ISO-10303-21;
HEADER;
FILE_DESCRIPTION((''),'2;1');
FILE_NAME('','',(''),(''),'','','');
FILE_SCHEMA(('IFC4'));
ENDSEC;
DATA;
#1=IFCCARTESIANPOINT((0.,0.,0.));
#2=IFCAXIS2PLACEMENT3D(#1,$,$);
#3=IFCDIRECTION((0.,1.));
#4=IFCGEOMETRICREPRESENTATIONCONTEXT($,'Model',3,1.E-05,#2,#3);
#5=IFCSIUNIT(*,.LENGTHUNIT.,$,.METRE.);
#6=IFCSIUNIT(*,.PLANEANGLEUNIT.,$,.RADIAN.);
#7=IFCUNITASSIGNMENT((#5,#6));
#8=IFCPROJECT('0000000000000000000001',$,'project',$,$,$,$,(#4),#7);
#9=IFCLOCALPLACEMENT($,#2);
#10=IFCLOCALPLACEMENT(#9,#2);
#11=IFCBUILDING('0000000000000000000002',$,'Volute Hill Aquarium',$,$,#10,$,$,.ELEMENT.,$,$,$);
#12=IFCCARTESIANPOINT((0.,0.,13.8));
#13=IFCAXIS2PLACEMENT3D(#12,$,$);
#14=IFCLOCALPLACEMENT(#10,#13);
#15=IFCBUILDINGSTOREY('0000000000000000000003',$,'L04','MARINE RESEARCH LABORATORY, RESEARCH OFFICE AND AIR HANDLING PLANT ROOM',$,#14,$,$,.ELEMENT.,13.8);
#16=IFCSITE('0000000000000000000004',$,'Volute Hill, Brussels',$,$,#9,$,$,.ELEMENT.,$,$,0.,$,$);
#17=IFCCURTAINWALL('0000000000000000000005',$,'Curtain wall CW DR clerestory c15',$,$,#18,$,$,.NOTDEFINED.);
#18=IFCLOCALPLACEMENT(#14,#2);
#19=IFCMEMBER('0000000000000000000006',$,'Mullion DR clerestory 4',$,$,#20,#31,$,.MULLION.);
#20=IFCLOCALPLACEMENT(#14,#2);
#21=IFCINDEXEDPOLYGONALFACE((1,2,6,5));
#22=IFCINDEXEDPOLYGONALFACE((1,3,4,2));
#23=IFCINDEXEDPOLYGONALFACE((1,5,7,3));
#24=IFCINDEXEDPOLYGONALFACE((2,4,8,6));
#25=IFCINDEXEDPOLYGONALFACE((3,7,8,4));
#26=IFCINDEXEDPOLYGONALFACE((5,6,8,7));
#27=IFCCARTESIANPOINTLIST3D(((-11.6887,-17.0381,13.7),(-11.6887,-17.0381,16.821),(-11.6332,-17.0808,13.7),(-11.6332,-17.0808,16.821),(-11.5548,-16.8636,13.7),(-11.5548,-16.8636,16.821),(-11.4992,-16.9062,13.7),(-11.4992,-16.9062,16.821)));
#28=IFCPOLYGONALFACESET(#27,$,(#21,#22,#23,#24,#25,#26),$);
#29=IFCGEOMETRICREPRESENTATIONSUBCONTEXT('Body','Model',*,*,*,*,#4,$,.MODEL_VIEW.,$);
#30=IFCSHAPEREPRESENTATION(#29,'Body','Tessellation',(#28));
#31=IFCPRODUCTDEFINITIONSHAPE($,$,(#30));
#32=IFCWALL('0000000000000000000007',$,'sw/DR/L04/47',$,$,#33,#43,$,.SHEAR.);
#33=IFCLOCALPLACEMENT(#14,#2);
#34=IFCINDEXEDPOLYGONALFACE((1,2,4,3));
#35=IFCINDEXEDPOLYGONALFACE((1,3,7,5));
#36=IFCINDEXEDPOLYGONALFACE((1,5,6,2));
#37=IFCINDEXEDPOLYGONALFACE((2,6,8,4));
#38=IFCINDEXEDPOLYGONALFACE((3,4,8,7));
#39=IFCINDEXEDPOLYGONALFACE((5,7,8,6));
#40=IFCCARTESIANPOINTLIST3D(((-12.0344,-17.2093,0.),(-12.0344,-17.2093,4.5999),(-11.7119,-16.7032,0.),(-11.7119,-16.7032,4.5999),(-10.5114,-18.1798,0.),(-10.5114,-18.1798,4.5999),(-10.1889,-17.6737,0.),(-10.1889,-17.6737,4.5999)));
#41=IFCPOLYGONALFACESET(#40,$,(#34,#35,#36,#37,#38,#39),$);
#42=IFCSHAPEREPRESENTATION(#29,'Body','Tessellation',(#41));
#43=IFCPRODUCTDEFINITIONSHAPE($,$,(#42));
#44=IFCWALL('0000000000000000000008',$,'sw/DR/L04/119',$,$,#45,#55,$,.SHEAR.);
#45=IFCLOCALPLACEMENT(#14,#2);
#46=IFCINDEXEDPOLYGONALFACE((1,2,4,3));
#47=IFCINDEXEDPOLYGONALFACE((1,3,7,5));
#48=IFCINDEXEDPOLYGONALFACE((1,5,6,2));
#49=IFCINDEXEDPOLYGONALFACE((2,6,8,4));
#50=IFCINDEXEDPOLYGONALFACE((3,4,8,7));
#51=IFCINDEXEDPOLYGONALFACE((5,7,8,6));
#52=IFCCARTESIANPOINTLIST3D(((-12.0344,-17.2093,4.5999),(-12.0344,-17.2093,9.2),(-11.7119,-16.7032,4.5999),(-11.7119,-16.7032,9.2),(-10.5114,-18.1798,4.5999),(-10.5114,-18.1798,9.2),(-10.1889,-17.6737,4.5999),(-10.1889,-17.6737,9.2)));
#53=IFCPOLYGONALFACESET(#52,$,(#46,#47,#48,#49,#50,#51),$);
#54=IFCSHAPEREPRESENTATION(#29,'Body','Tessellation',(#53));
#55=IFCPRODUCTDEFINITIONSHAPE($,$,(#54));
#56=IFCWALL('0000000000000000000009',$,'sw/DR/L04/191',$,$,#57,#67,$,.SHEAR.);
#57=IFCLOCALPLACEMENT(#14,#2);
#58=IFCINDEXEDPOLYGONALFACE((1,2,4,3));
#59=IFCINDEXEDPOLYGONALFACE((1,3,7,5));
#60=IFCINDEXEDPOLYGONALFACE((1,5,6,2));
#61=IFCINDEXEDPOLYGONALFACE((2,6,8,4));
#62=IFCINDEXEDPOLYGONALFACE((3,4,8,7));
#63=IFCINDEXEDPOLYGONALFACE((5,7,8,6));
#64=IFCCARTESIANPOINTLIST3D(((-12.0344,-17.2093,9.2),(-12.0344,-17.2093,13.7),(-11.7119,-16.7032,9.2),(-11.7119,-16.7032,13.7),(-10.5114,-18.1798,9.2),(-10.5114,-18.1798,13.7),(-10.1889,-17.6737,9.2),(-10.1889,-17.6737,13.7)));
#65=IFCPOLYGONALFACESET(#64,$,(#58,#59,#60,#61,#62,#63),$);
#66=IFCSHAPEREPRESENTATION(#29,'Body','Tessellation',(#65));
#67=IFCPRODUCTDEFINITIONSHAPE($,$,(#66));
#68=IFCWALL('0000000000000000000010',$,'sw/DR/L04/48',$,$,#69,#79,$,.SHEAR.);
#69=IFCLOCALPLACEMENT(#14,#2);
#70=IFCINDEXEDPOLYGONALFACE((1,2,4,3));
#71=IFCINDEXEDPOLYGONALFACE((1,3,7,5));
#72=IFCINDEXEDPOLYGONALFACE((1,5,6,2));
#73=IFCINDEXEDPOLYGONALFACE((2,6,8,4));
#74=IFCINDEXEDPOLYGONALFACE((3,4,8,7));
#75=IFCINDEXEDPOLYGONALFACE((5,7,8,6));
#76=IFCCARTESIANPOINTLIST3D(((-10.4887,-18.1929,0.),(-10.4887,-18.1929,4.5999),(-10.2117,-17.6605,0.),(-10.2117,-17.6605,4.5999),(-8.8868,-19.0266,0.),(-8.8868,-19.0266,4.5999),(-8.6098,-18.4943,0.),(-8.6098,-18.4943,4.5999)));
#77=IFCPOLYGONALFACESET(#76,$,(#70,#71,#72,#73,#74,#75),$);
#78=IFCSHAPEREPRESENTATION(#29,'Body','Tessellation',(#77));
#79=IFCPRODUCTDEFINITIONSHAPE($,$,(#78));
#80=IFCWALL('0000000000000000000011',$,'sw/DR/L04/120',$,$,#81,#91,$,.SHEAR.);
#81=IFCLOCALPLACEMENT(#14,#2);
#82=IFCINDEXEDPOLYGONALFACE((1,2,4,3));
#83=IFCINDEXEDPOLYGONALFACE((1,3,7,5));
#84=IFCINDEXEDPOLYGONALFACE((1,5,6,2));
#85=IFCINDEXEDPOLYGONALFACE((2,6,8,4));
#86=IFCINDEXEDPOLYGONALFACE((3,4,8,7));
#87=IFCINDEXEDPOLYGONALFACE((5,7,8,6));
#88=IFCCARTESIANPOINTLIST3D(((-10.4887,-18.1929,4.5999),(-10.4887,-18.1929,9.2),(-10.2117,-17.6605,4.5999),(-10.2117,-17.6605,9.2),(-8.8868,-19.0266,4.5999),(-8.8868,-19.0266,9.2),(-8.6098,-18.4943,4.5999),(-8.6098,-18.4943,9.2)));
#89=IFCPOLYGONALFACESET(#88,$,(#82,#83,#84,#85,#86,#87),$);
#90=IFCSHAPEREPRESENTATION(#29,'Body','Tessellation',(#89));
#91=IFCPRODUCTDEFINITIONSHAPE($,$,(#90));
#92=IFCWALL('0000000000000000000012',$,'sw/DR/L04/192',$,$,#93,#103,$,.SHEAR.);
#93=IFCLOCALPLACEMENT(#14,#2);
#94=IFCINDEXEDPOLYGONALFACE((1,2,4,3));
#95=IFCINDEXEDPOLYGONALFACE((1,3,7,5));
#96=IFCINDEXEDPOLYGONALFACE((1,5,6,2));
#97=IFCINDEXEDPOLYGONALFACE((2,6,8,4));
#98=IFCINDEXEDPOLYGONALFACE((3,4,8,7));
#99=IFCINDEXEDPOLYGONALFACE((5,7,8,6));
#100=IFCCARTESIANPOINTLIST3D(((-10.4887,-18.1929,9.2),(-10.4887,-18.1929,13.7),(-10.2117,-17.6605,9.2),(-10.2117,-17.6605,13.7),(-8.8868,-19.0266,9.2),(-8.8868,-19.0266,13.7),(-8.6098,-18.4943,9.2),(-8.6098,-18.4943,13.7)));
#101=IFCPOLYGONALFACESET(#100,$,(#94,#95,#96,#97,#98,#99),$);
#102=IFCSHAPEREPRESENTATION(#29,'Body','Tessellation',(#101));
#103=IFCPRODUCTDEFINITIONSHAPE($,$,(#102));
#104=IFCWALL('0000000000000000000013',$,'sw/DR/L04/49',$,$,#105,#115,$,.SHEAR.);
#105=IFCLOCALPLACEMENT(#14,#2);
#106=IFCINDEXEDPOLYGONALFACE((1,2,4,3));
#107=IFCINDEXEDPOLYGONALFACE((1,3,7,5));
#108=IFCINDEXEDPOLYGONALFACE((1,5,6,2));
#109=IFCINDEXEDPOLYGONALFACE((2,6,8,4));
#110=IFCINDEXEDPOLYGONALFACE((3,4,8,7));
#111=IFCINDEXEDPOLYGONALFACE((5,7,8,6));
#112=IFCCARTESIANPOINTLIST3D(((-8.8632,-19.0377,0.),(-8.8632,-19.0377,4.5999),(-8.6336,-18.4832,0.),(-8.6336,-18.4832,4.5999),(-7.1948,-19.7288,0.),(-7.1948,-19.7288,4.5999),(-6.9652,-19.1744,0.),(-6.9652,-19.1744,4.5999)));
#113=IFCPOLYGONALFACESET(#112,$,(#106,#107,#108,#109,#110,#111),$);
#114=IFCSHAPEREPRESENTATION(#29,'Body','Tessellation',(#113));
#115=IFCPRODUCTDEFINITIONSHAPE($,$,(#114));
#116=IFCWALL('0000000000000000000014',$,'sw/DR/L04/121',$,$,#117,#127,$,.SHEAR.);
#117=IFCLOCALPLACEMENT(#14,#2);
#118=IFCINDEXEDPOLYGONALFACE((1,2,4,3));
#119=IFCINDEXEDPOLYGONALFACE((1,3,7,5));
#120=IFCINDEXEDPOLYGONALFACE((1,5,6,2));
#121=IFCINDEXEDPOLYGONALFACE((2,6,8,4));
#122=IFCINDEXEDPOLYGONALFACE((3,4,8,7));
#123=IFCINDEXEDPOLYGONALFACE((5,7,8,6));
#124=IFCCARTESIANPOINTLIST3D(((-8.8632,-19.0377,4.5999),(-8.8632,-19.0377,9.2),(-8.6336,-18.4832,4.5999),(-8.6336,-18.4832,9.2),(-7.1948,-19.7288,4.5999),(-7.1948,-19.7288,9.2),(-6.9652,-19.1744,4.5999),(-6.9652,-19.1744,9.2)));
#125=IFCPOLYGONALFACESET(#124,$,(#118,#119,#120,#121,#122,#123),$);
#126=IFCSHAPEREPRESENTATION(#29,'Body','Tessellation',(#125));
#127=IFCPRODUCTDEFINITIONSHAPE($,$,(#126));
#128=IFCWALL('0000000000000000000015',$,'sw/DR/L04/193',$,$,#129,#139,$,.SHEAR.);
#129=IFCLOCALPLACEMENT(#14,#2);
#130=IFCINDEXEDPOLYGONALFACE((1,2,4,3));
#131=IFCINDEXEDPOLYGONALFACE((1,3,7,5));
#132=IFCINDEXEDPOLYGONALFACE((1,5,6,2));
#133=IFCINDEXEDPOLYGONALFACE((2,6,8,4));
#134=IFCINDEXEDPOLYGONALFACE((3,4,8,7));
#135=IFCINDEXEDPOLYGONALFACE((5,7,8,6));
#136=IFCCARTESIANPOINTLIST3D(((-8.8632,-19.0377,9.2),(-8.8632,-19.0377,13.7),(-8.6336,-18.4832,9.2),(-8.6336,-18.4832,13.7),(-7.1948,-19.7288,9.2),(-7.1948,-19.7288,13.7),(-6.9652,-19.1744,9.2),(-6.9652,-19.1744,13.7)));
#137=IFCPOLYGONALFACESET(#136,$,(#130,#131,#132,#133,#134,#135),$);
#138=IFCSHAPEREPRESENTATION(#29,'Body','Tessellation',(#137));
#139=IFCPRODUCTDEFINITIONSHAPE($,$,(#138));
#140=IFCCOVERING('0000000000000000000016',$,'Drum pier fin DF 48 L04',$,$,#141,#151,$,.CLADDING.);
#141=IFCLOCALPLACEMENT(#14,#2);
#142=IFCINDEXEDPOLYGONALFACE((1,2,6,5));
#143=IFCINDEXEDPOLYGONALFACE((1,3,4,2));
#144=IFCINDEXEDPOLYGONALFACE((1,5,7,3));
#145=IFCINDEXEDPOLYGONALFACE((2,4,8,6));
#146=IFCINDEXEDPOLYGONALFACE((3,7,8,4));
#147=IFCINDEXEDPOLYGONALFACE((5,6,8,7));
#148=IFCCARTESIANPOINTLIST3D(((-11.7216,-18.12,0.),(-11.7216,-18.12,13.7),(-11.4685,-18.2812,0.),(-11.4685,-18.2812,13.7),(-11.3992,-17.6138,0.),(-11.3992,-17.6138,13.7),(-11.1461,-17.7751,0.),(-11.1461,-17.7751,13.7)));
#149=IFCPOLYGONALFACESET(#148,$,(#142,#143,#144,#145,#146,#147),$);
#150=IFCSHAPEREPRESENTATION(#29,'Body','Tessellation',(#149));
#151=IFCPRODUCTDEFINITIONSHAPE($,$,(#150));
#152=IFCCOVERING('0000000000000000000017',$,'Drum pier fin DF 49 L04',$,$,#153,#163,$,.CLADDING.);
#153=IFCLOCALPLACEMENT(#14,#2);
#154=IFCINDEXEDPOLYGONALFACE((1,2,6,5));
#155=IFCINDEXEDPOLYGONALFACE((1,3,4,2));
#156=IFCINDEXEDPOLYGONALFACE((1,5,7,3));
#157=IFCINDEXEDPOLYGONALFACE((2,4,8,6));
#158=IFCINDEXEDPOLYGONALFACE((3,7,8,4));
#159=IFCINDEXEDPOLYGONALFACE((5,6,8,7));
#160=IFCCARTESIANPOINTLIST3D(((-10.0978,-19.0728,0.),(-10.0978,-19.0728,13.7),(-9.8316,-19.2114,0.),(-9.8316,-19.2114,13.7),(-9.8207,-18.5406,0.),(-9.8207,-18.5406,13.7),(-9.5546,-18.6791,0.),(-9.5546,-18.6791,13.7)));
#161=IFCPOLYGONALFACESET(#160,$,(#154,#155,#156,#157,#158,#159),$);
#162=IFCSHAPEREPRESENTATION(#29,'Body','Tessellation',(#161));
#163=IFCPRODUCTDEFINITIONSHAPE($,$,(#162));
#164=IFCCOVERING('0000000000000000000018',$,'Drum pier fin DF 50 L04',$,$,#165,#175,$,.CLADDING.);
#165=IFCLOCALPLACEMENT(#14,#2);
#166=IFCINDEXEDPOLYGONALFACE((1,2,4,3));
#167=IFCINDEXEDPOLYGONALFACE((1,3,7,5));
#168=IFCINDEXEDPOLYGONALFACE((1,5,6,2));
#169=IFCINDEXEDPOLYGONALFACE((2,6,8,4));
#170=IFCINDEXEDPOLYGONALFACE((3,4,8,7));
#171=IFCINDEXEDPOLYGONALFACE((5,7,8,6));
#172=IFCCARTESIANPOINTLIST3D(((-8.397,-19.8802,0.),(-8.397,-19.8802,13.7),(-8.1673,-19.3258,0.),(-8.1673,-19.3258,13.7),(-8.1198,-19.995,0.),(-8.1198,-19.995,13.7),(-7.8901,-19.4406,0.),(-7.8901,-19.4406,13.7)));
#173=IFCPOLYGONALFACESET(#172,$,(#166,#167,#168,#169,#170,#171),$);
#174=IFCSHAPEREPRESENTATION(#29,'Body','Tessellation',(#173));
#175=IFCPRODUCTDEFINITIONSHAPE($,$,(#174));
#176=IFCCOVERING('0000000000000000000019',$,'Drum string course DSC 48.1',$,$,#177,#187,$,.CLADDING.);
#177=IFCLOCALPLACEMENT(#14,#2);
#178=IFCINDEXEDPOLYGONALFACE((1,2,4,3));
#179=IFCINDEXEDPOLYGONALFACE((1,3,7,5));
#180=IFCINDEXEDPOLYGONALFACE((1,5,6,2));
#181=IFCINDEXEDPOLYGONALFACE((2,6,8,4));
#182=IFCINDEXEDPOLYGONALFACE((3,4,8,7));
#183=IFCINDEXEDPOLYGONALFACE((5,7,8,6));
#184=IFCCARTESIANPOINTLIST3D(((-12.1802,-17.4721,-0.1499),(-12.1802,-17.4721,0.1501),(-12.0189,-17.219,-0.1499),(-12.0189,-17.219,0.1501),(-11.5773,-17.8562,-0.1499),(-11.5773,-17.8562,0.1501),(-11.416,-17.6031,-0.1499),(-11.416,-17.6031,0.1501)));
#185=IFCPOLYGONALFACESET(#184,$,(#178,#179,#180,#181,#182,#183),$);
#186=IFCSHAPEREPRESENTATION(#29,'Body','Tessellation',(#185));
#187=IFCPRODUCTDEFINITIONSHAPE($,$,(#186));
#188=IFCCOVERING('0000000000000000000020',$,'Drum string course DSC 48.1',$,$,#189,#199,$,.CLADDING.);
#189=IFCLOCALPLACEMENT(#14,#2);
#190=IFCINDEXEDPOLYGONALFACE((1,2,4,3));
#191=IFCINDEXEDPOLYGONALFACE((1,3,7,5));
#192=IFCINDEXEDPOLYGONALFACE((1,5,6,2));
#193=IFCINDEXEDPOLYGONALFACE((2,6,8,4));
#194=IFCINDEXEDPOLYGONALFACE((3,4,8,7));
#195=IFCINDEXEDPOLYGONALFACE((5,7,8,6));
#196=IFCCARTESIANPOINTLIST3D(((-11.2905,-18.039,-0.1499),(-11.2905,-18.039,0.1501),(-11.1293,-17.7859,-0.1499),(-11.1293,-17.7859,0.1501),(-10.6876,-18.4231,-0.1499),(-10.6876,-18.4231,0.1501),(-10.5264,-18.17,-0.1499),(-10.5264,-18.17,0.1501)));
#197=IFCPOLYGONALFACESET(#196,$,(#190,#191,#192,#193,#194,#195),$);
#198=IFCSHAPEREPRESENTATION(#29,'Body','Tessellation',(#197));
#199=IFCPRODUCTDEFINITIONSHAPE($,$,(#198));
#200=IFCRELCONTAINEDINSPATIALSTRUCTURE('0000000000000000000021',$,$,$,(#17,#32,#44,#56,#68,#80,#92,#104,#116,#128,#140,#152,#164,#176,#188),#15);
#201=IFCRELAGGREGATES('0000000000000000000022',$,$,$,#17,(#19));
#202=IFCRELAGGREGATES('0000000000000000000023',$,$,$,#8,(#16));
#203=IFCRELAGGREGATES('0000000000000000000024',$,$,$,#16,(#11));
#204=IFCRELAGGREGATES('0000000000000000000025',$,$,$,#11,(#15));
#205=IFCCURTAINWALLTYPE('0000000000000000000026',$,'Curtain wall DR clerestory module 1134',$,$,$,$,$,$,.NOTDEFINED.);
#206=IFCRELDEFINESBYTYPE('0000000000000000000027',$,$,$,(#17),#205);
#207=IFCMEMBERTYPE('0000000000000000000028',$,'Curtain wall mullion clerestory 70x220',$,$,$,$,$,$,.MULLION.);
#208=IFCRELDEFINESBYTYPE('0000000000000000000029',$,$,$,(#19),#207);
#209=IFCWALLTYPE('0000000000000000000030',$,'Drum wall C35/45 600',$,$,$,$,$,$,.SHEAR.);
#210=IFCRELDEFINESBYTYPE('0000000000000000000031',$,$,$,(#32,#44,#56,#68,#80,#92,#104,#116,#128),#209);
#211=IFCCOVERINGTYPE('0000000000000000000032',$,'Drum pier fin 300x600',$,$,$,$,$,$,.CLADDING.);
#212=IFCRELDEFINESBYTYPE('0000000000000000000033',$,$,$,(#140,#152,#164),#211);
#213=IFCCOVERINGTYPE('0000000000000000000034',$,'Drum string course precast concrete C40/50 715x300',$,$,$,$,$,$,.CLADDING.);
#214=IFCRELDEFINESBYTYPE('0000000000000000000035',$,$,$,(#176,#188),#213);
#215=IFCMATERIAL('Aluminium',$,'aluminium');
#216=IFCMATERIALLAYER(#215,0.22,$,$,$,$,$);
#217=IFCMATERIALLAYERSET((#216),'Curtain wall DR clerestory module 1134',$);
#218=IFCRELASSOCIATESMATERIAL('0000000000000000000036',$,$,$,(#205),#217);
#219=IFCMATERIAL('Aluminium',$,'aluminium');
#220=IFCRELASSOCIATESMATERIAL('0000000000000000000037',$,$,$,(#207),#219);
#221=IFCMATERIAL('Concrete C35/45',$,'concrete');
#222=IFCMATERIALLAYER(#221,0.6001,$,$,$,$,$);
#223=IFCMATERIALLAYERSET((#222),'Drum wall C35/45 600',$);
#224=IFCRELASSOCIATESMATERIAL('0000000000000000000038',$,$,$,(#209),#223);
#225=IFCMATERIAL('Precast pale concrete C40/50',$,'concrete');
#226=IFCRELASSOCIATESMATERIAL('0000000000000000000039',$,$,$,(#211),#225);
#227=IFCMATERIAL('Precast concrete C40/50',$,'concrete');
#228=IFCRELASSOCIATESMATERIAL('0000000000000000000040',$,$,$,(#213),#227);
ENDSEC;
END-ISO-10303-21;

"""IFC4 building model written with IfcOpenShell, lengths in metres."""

from ifc_helpers import new_model, si_unit, direction, frame, frame_2d, origin, origin_2d, place, context, subcontext, project, spatial, rectangle, extrude, material, layer, layer_set, material_profile, profile_set, type_object, element, aggregate, save


model = new_model("IFC4")

# Units and contexts
model_context = context("Model", 3, precision=1e-05, world=origin(), true_north=direction((0.0, 1.0)))
body_context = subcontext(model_context, "Body", "Model", "MODEL_VIEW")
ifc_project = project(units=[si_unit("LENGTHUNIT", "METRE"), si_unit("PLANEANGLEUNIT", "RADIAN")], contexts=[model_context])

# Site, building, storey
site_placement = place(None, origin())
site = spatial("IfcSite", under=ifc_project, at=site_placement, Name="Volute Hill, Brussels", CompositionType="ELEMENT", RefElevation=0.0)
building_placement = place(site_placement, origin())
building = spatial("IfcBuilding", under=site, at=building_placement, Name="Volute Hill Aquarium", CompositionType="ELEMENT")
storey_placement = place(building_placement, frame((0.0, 0.0, 13.8)))
storey = spatial("IfcBuildingStorey", under=building, at=storey_placement, Name="L04", Description="MARINE RESEARCH LABORATORY, RESEARCH OFFICE AND AIR HANDLING PLANT ROOM", CompositionType="ELEMENT", Elevation=13.8)

# Curtain wall, member
ifc_material_1 = material(Name="Aluminium", Category="aluminium")
ifc_layer_1 = layer(ifc_material_1, 0.22)
ifc_layer_set_1 = layer_set([ifc_layer_1], Name="Curtain wall DR clerestory module 1134")
curtain_wall_type = type_object("IfcCurtainWallType", Name="Curtain wall DR clerestory module 1134", PredefinedType="NOTDEFINED", material=ifc_layer_set_1)
curtain_wall_placement = place(storey_placement, origin())
curtain_wall = element("IfcCurtainWall", 1, at=curtain_wall_placement, inside=storey, type_object=curtain_wall_type, Name="Curtain wall CW DR clerestory c15", PredefinedType="NOTDEFINED")
ifc_material_2 = material(Name="Aluminium", Category="aluminium")
ifc_material_profile = material_profile(ifc_material_2, rectangle(XDim=0.22, YDim=0.0701, at=origin_2d()), Name="Curtain wall mullion clerestory 70x220")
ifc_profile_set = profile_set([ifc_material_profile], Name="Aluminium")
member_type = type_object("IfcMemberType", Name="Curtain wall mullion clerestory 70x220", PredefinedType="MULLION", material=ifc_profile_set)
member_placement = place(storey_placement, frame((-11.594, -16.9722, 13.7), z_axis=(0.0, 0.0, 1.0), x_axis=(0.608761, 0.793354, 0.0)))
member = element("IfcMember", 2, at=member_placement, type_object=member_type, Name="Mullion DR clerestory 4", PredefinedType="MULLION", context=body_context, shape_type="SweptSolid", body=[
    extrude(rectangle(XDim=0.22, YDim=0.0701, at=origin_2d()), origin(), (0.0, 0.0, 1.0), 3.1211),
])
aggregate(curtain_wall, [member])

# Walls
ifc_material_3 = material(Name="Concrete C35/45", Category="concrete")
ifc_layer_2 = layer(ifc_material_3, 0.6001)
ifc_layer_set_2 = layer_set([ifc_layer_2], Name="Drum wall C35/45 600")
wall_type = type_object("IfcWallType", Name="Drum wall C35/45 600", PredefinedType="SHEAR", material=ifc_layer_set_2)
wall_1_placement = place(storey_placement, frame((-11.873, -16.9563, 0.0), z_axis=(0.0, 0.0, 1.0), x_axis=(0.843333, -0.537392, 0.0)))
element("IfcWall", 3, at=wall_1_placement, inside=storey, type_object=wall_type, Name="sw/DR/L04/47", PredefinedType="SHEAR", context=body_context, shape_type="SweptSolid", body=[
    extrude(rectangle(XDim=1.8059, YDim=0.6001, at=frame_2d((0.9028, 0.0))), origin(), (0.0, 0.0, 1.0), 4.5999),
])
wall_2_placement = place(storey_placement, frame((-11.873, -16.9563, 4.5999), z_axis=(0.0, 0.0, 1.0), x_axis=(0.843333, -0.537392, 0.0)))
element("IfcWall", 4, at=wall_2_placement, inside=storey, type_object=wall_type, Name="sw/DR/L04/119", PredefinedType="SHEAR", context=body_context, shape_type="SweptSolid", body=[
    extrude(rectangle(XDim=1.8059, YDim=0.6001, at=frame_2d((0.9028, 0.0))), origin(), (0.0, 0.0, 1.0), 4.6001),
])
wall_3_placement = place(storey_placement, frame((-11.873, -16.9563, 9.2), z_axis=(0.0, 0.0, 1.0), x_axis=(0.843333, -0.537392, 0.0)))
element("IfcWall", 5, at=wall_3_placement, inside=storey, type_object=wall_type, Name="sw/DR/L04/191", PredefinedType="SHEAR", context=body_context, shape_type="SweptSolid", body=[
    extrude(rectangle(XDim=1.8059, YDim=0.6001, at=frame_2d((0.9028, 0.0))), origin(), (0.0, 0.0, 1.0), 4.5),
])
wall_4_placement = place(storey_placement, frame((-10.3501, -17.9268, 0.0), z_axis=(0.0, 0.0, 1.0), x_axis=(0.887035, -0.461702, 0.0)))
element("IfcWall", 6, at=wall_4_placement, inside=storey, type_object=wall_type, Name="sw/DR/L04/48", PredefinedType="SHEAR", context=body_context, shape_type="SweptSolid", body=[
    extrude(rectangle(XDim=1.8059, YDim=0.6001, at=frame_2d((0.9028, 0.0))), origin(), (0.0, 0.0, 1.0), 4.5999),
])
wall_5_placement = place(storey_placement, frame((-10.3501, -17.9268, 4.5999), z_axis=(0.0, 0.0, 1.0), x_axis=(0.887035, -0.461702, 0.0)))
element("IfcWall", 7, at=wall_5_placement, inside=storey, type_object=wall_type, Name="sw/DR/L04/120", PredefinedType="SHEAR", context=body_context, shape_type="SweptSolid", body=[
    extrude(rectangle(XDim=1.8059, YDim=0.6001, at=frame_2d((0.9028, 0.0))), origin(), (0.0, 0.0, 1.0), 4.6001),
])
wall_6_placement = place(storey_placement, frame((-10.3501, -17.9268, 9.2), z_axis=(0.0, 0.0, 1.0), x_axis=(0.887035, -0.461702, 0.0)))
element("IfcWall", 8, at=wall_6_placement, inside=storey, type_object=wall_type, Name="sw/DR/L04/192", PredefinedType="SHEAR", context=body_context, shape_type="SweptSolid", body=[
    extrude(rectangle(XDim=1.8059, YDim=0.6001, at=frame_2d((0.9028, 0.0))), origin(), (0.0, 0.0, 1.0), 4.5),
])
wall_7_placement = place(storey_placement, frame((-8.7483, -18.7605, 0.0), z_axis=(0.0, 0.0, 1.0), x_axis=(0.923867, -0.382714, 0.0)))
element("IfcWall", 9, at=wall_7_placement, inside=storey, type_object=wall_type, Name="sw/DR/L04/49", PredefinedType="SHEAR", context=body_context, shape_type="SweptSolid", body=[
    extrude(rectangle(XDim=1.8059, YDim=0.6001, at=frame_2d((0.9028, 0.0))), origin(), (0.0, 0.0, 1.0), 4.5999),
])
wall_8_placement = place(storey_placement, frame((-8.7483, -18.7605, 4.5999), z_axis=(0.0, 0.0, 1.0), x_axis=(0.923867, -0.382714, 0.0)))
element("IfcWall", 10, at=wall_8_placement, inside=storey, type_object=wall_type, Name="sw/DR/L04/121", PredefinedType="SHEAR", context=body_context, shape_type="SweptSolid", body=[
    extrude(rectangle(XDim=1.8059, YDim=0.6001, at=frame_2d((0.9028, 0.0))), origin(), (0.0, 0.0, 1.0), 4.6001),
])
wall_9_placement = place(storey_placement, frame((-8.7483, -18.7605, 9.2), z_axis=(0.0, 0.0, 1.0), x_axis=(0.923867, -0.382714, 0.0)))
element("IfcWall", 11, at=wall_9_placement, inside=storey, type_object=wall_type, Name="sw/DR/L04/193", PredefinedType="SHEAR", context=body_context, shape_type="SweptSolid", body=[
    extrude(rectangle(XDim=1.8059, YDim=0.6001, at=frame_2d((0.9028, 0.0))), origin(), (0.0, 0.0, 1.0), 4.5),
])

# Coverings
ifc_material_4 = material(Name="Precast pale concrete C40/50", Category="concrete")
covering_type_1 = type_object("IfcCoveringType", Name="Drum pier fin 300x600", PredefinedType="CLADDING", material=ifc_material_4)
for number, where, z_axis, x_axis, name in (
    (12, (-11.4338, -17.9475, 0.0), (0.0, 0.0, 1.0), (0.843391, -0.5373, 0.0), "Drum pier fin DF 48 L04"),
    (13, (-9.8262, -18.876, 0.0), (0.0, 0.0, 1.0), (0.887011, -0.461749, 0.0), "Drum pier fin DF 49 L04"),
    (14, (-8.1436, -19.6604, 0.0), (0.0, 0.0, 1.0), (0.92388, -0.382683, 0.0), "Drum pier fin DF 50 L04"),
):
    element("IfcCovering", number, at=place(storey_placement, frame(where, z_axis=z_axis, x_axis=x_axis)), inside=storey, type_object=covering_type_1, Name=name, PredefinedType="CLADDING", context=body_context, shape_type="SweptSolid", body=[
        extrude(rectangle(XDim=0.3, YDim=0.6001, at=origin_2d()), origin(), (0.0, 0.0, 1.0), 13.7),
    ])
ifc_material_5 = material(Name="Precast concrete C40/50", Category="concrete")
covering_type_2 = type_object("IfcCoveringType", Name="Drum string course precast concrete C40/50 715x300", PredefinedType="CLADDING", material=ifc_material_5)
for number, where, z_axis, x_axis, name in (
    (15, (-11.7981, -17.5376, -0.1499), (0.0, 0.0, 1.0), (0.843391, -0.5373, 0.0), "Drum string course DSC 48.1"),
    (16, (-10.9084, -18.1045, -0.1499), (0.0, 0.0, 1.0), (0.843391, -0.5373, 0.0), "Drum string course DSC 48.1"),
):
    element("IfcCovering", number, at=place(storey_placement, frame(where, z_axis=z_axis, x_axis=x_axis)), inside=storey, type_object=covering_type_2, Name=name, PredefinedType="CLADDING", context=body_context, shape_type="SweptSolid", body=[
        extrude(rectangle(XDim=0.7148, YDim=0.3, at=origin_2d()), origin(), (0.0, 0.0, 1.0), 0.3),
    ])

save(model, "model.ifc")
